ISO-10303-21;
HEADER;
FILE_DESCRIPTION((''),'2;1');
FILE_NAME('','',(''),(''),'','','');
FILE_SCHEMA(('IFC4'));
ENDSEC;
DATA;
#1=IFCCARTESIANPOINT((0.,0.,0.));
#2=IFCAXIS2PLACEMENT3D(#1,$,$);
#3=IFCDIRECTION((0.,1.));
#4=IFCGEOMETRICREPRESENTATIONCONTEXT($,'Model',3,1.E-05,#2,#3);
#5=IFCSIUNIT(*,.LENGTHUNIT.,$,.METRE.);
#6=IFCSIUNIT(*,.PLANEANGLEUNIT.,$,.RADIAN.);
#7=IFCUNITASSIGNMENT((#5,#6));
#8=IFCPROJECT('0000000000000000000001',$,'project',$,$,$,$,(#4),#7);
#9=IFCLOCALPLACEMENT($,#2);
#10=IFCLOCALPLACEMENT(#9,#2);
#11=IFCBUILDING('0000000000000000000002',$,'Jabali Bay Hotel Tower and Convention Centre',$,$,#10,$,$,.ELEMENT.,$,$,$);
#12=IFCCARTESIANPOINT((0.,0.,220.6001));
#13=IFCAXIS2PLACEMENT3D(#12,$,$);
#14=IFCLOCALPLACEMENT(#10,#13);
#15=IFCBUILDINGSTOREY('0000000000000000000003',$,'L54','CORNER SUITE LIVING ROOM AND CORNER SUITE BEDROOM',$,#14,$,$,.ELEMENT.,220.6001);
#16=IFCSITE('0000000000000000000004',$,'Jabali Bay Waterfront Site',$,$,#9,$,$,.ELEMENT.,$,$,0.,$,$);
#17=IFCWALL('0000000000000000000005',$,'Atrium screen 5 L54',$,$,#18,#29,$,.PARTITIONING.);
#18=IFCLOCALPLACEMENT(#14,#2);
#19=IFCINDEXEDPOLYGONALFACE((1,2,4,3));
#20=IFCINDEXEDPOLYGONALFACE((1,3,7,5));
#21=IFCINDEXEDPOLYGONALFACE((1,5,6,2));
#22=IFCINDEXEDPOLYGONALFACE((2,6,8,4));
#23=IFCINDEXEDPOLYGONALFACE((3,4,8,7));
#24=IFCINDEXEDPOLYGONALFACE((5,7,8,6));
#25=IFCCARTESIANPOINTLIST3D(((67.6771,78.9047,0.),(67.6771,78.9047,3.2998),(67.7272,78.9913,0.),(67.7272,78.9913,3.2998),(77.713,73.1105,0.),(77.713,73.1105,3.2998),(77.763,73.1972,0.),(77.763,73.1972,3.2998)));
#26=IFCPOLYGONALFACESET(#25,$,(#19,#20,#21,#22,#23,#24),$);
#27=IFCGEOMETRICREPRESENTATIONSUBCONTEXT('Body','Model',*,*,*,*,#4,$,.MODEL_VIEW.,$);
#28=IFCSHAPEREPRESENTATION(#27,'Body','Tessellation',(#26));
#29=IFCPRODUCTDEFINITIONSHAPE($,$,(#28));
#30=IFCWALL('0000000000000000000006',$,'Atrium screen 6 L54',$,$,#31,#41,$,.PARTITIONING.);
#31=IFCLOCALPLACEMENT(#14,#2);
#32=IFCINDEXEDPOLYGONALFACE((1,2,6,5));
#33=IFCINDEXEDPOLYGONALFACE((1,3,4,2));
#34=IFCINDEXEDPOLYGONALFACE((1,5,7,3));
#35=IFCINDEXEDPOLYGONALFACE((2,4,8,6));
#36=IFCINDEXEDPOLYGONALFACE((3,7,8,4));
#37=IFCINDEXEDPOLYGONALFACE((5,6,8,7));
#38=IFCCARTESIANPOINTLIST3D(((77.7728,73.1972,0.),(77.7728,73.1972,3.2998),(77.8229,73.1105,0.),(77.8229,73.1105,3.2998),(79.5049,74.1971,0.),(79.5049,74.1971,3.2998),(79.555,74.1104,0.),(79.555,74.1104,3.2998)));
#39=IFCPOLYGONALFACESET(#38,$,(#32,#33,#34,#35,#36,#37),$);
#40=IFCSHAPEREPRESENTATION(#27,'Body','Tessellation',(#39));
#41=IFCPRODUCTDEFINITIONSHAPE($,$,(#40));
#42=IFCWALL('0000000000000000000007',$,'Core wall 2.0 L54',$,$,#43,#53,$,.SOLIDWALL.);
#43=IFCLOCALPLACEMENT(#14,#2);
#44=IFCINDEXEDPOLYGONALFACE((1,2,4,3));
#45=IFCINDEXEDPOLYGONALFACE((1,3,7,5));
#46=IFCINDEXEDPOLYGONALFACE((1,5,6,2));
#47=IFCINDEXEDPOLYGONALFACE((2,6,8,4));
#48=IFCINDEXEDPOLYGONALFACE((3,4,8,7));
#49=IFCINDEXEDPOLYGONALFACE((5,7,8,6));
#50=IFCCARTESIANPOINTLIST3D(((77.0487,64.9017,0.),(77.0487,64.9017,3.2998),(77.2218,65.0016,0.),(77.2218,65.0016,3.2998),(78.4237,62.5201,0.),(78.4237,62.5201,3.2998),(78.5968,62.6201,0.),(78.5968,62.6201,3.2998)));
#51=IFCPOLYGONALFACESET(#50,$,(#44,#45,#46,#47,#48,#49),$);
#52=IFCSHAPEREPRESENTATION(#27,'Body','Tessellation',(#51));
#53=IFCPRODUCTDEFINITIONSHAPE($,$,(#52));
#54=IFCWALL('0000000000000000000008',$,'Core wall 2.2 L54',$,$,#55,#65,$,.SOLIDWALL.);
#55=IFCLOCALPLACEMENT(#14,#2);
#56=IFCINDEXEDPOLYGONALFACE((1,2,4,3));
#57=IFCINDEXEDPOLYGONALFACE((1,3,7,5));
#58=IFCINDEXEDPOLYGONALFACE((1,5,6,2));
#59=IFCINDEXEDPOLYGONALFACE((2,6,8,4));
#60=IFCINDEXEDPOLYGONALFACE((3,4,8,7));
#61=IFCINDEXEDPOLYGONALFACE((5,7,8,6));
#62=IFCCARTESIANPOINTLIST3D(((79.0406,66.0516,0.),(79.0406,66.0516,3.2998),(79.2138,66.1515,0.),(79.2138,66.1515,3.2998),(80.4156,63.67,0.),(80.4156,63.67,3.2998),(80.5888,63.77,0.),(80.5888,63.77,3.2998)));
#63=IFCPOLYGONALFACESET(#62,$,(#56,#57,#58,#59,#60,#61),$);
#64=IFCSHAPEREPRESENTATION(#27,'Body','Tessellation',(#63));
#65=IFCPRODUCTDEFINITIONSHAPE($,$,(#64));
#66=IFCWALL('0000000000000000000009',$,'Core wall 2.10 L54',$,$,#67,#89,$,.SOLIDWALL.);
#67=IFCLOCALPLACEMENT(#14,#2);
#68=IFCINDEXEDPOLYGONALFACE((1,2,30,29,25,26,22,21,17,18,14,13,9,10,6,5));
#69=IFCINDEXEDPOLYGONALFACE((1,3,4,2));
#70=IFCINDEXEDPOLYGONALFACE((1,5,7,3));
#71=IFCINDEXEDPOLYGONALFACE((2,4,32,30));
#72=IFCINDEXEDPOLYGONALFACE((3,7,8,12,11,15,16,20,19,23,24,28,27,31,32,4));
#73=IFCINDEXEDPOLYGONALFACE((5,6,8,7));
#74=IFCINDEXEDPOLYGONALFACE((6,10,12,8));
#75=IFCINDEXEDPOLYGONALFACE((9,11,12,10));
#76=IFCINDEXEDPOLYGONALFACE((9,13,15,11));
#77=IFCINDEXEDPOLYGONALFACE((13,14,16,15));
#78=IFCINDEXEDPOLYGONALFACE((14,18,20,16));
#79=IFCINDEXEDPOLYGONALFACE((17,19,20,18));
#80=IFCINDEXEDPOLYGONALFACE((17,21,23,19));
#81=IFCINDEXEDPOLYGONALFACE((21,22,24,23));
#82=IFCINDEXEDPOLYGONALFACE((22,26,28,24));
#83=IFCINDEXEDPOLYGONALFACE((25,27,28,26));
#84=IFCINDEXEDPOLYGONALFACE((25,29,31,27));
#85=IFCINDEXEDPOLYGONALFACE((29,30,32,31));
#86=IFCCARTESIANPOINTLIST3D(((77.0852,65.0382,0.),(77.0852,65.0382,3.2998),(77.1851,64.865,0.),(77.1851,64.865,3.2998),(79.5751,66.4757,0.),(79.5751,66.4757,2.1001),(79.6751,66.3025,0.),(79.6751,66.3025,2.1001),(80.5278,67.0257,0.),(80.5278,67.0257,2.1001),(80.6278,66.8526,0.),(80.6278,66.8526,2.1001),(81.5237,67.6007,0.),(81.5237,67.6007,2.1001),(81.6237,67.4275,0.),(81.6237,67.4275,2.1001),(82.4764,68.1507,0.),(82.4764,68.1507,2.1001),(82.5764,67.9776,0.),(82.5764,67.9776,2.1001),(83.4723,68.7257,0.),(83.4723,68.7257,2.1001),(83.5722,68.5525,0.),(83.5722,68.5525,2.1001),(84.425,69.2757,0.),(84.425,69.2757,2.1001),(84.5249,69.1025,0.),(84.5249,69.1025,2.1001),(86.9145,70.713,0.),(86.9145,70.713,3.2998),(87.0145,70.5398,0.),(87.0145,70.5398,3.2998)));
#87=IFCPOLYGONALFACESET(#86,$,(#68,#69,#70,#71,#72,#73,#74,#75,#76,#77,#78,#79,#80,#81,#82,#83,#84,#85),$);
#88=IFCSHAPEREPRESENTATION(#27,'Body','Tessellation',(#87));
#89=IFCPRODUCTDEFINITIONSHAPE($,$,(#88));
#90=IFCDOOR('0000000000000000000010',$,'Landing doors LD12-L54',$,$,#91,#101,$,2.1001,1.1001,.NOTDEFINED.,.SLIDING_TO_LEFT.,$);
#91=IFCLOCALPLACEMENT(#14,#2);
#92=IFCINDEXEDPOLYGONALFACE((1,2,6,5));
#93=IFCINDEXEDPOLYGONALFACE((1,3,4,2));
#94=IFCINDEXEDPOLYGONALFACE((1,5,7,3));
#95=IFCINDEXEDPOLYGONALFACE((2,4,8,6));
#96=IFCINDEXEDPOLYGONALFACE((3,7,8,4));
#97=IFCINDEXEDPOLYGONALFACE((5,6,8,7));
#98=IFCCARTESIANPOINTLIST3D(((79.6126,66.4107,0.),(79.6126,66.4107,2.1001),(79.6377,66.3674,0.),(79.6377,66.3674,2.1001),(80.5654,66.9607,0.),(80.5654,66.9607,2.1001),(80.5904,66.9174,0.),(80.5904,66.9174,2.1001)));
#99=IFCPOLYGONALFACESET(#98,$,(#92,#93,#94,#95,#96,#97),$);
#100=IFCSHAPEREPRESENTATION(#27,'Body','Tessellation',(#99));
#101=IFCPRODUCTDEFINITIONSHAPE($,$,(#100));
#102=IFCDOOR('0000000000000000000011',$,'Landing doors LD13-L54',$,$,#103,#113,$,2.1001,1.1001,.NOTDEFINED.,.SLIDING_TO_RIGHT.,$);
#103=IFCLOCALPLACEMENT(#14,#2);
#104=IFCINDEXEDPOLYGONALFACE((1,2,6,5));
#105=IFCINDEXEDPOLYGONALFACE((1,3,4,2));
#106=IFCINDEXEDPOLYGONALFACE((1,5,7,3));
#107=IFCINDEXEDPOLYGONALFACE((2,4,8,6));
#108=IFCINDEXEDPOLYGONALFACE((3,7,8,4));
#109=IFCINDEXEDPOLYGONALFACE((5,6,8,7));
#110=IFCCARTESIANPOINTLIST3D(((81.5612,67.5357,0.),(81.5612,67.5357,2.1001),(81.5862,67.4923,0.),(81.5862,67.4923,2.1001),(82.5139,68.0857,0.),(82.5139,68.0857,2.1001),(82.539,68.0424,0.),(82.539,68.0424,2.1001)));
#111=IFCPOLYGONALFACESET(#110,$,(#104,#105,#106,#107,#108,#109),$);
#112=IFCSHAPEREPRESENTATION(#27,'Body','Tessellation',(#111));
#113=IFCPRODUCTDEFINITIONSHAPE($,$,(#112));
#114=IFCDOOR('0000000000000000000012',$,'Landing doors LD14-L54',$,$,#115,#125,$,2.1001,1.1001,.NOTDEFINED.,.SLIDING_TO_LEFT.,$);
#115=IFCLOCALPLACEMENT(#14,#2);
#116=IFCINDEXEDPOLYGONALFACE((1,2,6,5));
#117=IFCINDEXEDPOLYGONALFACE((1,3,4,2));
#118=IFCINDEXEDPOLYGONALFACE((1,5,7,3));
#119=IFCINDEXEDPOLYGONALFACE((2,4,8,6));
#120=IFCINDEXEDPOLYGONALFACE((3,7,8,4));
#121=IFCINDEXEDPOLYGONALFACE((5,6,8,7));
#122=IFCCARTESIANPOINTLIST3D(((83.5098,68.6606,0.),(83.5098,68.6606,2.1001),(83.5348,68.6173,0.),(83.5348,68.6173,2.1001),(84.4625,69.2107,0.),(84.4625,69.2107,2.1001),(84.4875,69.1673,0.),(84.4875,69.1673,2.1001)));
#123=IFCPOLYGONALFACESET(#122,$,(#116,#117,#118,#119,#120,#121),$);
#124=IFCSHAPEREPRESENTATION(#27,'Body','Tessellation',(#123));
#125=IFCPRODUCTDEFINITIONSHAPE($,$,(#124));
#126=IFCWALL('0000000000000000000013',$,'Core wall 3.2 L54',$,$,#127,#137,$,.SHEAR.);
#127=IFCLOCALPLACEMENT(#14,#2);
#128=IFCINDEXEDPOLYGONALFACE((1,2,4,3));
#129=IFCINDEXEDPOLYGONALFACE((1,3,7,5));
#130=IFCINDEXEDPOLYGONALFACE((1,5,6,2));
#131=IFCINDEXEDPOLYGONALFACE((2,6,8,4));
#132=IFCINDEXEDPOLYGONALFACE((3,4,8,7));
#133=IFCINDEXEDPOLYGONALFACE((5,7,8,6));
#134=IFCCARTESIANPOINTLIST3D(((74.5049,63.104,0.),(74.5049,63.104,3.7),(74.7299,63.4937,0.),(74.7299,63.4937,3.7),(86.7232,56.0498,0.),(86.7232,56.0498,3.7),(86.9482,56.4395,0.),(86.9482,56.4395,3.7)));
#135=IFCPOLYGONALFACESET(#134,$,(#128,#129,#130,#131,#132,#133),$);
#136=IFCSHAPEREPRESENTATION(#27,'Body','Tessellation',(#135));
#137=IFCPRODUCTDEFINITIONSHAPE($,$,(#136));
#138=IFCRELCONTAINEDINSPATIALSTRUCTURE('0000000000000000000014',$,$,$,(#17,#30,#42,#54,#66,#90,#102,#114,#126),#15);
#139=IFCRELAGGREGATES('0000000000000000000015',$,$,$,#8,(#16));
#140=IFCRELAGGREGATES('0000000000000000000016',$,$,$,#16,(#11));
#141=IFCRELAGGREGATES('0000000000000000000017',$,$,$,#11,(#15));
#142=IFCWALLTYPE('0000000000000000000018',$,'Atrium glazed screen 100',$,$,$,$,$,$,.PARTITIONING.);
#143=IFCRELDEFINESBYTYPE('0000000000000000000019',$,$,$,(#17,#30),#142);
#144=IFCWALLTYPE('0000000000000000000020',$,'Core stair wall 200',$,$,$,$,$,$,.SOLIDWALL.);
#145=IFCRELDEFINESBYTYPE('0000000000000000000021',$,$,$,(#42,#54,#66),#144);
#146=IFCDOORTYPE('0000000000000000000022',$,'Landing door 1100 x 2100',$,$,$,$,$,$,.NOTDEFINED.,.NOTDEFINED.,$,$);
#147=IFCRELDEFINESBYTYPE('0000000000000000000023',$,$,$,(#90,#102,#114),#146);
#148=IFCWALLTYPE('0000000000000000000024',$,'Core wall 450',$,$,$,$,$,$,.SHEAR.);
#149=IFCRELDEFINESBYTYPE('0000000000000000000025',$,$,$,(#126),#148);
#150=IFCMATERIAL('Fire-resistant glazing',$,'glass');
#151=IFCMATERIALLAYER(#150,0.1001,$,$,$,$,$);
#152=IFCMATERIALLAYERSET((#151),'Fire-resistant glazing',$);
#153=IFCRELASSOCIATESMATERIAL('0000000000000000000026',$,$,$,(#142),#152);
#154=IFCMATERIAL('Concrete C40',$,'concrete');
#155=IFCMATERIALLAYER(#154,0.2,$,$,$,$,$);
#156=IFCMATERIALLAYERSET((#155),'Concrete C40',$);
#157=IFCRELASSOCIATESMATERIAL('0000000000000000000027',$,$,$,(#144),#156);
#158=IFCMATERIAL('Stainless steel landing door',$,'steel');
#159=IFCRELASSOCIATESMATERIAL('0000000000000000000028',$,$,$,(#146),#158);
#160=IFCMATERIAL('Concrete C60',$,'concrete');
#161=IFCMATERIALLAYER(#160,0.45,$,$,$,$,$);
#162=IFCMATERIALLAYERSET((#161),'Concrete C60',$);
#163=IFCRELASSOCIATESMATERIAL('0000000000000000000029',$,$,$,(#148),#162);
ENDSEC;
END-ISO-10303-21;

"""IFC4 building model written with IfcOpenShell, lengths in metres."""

from ifc_helpers import new_model, si_unit, direction, frame, frame_2d, origin, place, context, subcontext, project, spatial, rectangle, extrude, material, layer, layer_set, type_object, element, fill, save


model = new_model("IFC4")

# Units and contexts
model_context = context("Model", 3, precision=1e-05, world=origin(), true_north=direction((0.0, 1.0)))
body_context = subcontext(model_context, "Body", "Model", "MODEL_VIEW")
ifc_project = project(units=[si_unit("LENGTHUNIT", "METRE"), si_unit("PLANEANGLEUNIT", "RADIAN")], contexts=[model_context])

# Site, building, storey
site_placement = place(None, origin())
site = spatial("IfcSite", under=ifc_project, at=site_placement, Name="Jabali Bay Waterfront Site", CompositionType="ELEMENT", RefElevation=0.0)
building_placement = place(site_placement, origin())
building = spatial("IfcBuilding", under=site, at=building_placement, Name="Jabali Bay Hotel Tower and Convention Centre", CompositionType="ELEMENT")
storey_placement = place(building_placement, frame((0.0, 0.0, 220.6001)))
storey = spatial("IfcBuildingStorey", under=building, at=storey_placement, Name="L54", Description="CORNER SUITE LIVING ROOM AND CORNER SUITE BEDROOM", CompositionType="ELEMENT", Elevation=220.6001)

# Walls
ifc_material_1 = material(Name="Fire-resistant glazing", Category="glass")
ifc_layer_1 = layer(ifc_material_1, 0.1001)
ifc_layer_set_1 = layer_set([ifc_layer_1], Name="Fire-resistant glazing")
wall_type_1 = type_object("IfcWallType", Name="Atrium glazed screen 100", PredefinedType="PARTITIONING", material=ifc_layer_set_1)
wall_1_placement = place(storey_placement, frame((67.7021, 78.948, 0.0), z_axis=(0.0, 0.0, 1.0), x_axis=(0.866027, -0.499998, 0.0)))
element("IfcWall", 1, at=wall_1_placement, inside=storey, type_object=wall_type_1, Name="Atrium screen 5 L54", PredefinedType="PARTITIONING", context=body_context, shape_type="SweptSolid", body=[
    extrude(rectangle(XDim=11.5884, YDim=0.1001, at=frame_2d((5.7942, 0.0))), origin(), (0.0, 0.0, 1.0), 3.2998),
])
wall_2_placement = place(storey_placement, frame((77.7979, 73.1538, 0.0), z_axis=(0.0, 0.0, 1.0), x_axis=(0.866041, 0.499973, 0.0)))
element("IfcWall", 2, at=wall_2_placement, inside=storey, type_object=wall_type_1, Name="Atrium screen 6 L54", PredefinedType="PARTITIONING", context=body_context, shape_type="SweptSolid", body=[
    extrude(rectangle(XDim=2.0, YDim=0.1001, at=frame_2d((1.0, 0.0))), origin(), (0.0, 0.0, 1.0), 3.2998),
])
ifc_material_2 = material(Name="Concrete C40", Category="concrete")
ifc_layer_2 = layer(ifc_material_2, 0.2)
ifc_layer_set_2 = layer_set([ifc_layer_2], Name="Concrete C40")
wall_type_2 = type_object("IfcWallType", Name="Core stair wall 200", PredefinedType="SOLIDWALL", material=ifc_layer_set_2)
for number, where, z_axis, x_axis, name in (
    (3, (77.1353, 64.9517, 0.0), (0.0, 0.0, 1.0), (0.499997, -0.866027, 0.0), "Core wall 2.0 L54"),
    (4, (79.1272, 66.1016, 0.0), (0.0, 0.0, 1.0), (0.499997, -0.866027, 0.0), "Core wall 2.2 L54"),
):
    element("IfcWall", number, at=place(storey_placement, frame(where, z_axis=z_axis, x_axis=x_axis)), inside=storey, type_object=wall_type_2, Name=name, PredefinedType="SOLIDWALL", context=body_context, shape_type="SweptSolid", body=[
        extrude(rectangle(XDim=2.75, YDim=0.2, at=frame_2d((1.375, 0.0))), origin(), (0.0, 0.0, 1.0), 3.2998),
    ])

# Wall, openings, doors
wall_3_placement = place(storey_placement, frame((77.1353, 64.9517, 0.0), z_axis=(0.0, 0.0, 1.0), x_axis=(0.866032, 0.499989, 0.0)))
wall_3 = element("IfcWall", 5, at=wall_3_placement, inside=storey, type_object=wall_type_2, Name="Core wall 2.10 L54", PredefinedType="SOLIDWALL", context=body_context, shape_type="SweptSolid", body=[
    extrude(rectangle(XDim=11.3499, YDim=0.2, at=frame_2d((5.6748, 0.0))), origin(), (0.0, 0.0, 1.0), 3.2998),
])
opening_1_placement = place(wall_3_placement, frame((2.875, 0.0, 0.0)))
opening_1 = element("IfcOpeningElement", 6, at=opening_1_placement, cuts=wall_3, PredefinedType="OPENING", context=body_context, shape_type="SweptSolid", body=[
    extrude(rectangle(XDim=1.1001, YDim=2.1001, at=frame_2d((0.55, 1.05))), frame((0.0, 0.1104, 0.0), z_axis=(0.0, -1.0, 0.0), x_axis=(1.0, 0.0, 0.0)), (0.0, 0.0, 1.0), 0.2209),
])
opening_2_placement = place(wall_3_placement, frame((5.125, 0.0, 0.0)))
opening_2 = element("IfcOpeningElement", 7, at=opening_2_placement, cuts=wall_3, PredefinedType="OPENING", context=body_context, shape_type="SweptSolid", body=[
    extrude(rectangle(XDim=1.1001, YDim=2.1001, at=frame_2d((0.55, 1.05))), frame((0.0, 0.1104, 0.0), z_axis=(0.0, -1.0, 0.0), x_axis=(1.0, 0.0, 0.0)), (0.0, 0.0, 1.0), 0.2209),
])
opening_3_placement = place(wall_3_placement, frame((7.375, 0.0, 0.0)))
opening_3 = element("IfcOpeningElement", 8, at=opening_3_placement, cuts=wall_3, PredefinedType="OPENING", context=body_context, shape_type="SweptSolid", body=[
    extrude(rectangle(XDim=1.1001, YDim=2.1001, at=frame_2d((0.55, 1.05))), frame((0.0, 0.1104, 0.0), z_axis=(0.0, -1.0, 0.0), x_axis=(1.0, 0.0, 0.0)), (0.0, 0.0, 1.0), 0.2209),
])
ifc_material_3 = material(Name="Stainless steel landing door", Category="steel")
door_type_1 = type_object("IfcDoorType", Name="Landing door 1100 x 2100", OperationType="NOTDEFINED", PredefinedType="NOTDEFINED", material=ifc_material_3)
door_1_placement = place(opening_1_placement, origin())
door_1 = element("IfcDoor", 9, at=door_1_placement, inside=storey, type_object=door_type_1, Name="Landing doors LD12-L54", OperationType="SLIDING_TO_LEFT", OverallHeight=2.1001, OverallWidth=1.1001, PredefinedType="NOTDEFINED", context=body_context, shape_type="SweptSolid", body=[
    extrude(rectangle(XDim=1.1001, YDim=2.1001, at=frame_2d((0.55, 1.05))), frame((0.0, 0.0249, 0.0), z_axis=(0.0, -1.0, 0.0), x_axis=(1.0, 0.0, 0.0)), (0.0, 0.0, 1.0), 0.05),
])
fill(opening_1, door_1)
door_2_placement = place(opening_2_placement, origin())
door_2 = element("IfcDoor", 10, at=door_2_placement, inside=storey, type_object=door_type_1, Name="Landing doors LD13-L54", OperationType="SLIDING_TO_RIGHT", OverallHeight=2.1001, OverallWidth=1.1001, PredefinedType="NOTDEFINED", context=body_context, shape_type="SweptSolid", body=[
    extrude(rectangle(XDim=1.1001, YDim=2.1001, at=frame_2d((0.55, 1.05))), frame((0.0, 0.0249, 0.0), z_axis=(0.0, -1.0, 0.0), x_axis=(1.0, 0.0, 0.0)), (0.0, 0.0, 1.0), 0.05),
])
fill(opening_2, door_2)
door_3_placement = place(opening_3_placement, origin())
door_3 = element("IfcDoor", 11, at=door_3_placement, inside=storey, type_object=door_type_1, Name="Landing doors LD14-L54", OperationType="SLIDING_TO_LEFT", OverallHeight=2.1001, OverallWidth=1.1001, PredefinedType="NOTDEFINED", context=body_context, shape_type="SweptSolid", body=[
    extrude(rectangle(XDim=1.1001, YDim=2.1001, at=frame_2d((0.55, 1.05))), frame((0.0, 0.0249, 0.0), z_axis=(0.0, -1.0, 0.0), x_axis=(1.0, 0.0, 0.0)), (0.0, 0.0, 1.0), 0.05),
])
fill(opening_3, door_3)

# Wall
ifc_material_4 = material(Name="Concrete C60", Category="concrete")
ifc_layer_3 = layer(ifc_material_4, 0.45)
ifc_layer_set_3 = layer_set([ifc_layer_3], Name="Concrete C60")
wall_type_3 = type_object("IfcWallType", Name="Core wall 450", PredefinedType="SHEAR", material=ifc_layer_set_3)
wall_4_placement = place(storey_placement, frame((74.6174, 63.2988, 0.0), z_axis=(0.0, 0.0, 1.0), x_axis=(0.866026, -0.499999, 0.0)))
element("IfcWall", 12, at=wall_4_placement, inside=storey, type_object=wall_type_3, Name="Core wall 3.2 L54", PredefinedType="SHEAR", context=body_context, shape_type="SweptSolid", body=[
    extrude(rectangle(XDim=14.1084, YDim=0.45, at=frame_2d((7.0542, 0.0))), origin(), (0.0, 0.0, 1.0), 3.7),
])

save(model, "model.ifc")
